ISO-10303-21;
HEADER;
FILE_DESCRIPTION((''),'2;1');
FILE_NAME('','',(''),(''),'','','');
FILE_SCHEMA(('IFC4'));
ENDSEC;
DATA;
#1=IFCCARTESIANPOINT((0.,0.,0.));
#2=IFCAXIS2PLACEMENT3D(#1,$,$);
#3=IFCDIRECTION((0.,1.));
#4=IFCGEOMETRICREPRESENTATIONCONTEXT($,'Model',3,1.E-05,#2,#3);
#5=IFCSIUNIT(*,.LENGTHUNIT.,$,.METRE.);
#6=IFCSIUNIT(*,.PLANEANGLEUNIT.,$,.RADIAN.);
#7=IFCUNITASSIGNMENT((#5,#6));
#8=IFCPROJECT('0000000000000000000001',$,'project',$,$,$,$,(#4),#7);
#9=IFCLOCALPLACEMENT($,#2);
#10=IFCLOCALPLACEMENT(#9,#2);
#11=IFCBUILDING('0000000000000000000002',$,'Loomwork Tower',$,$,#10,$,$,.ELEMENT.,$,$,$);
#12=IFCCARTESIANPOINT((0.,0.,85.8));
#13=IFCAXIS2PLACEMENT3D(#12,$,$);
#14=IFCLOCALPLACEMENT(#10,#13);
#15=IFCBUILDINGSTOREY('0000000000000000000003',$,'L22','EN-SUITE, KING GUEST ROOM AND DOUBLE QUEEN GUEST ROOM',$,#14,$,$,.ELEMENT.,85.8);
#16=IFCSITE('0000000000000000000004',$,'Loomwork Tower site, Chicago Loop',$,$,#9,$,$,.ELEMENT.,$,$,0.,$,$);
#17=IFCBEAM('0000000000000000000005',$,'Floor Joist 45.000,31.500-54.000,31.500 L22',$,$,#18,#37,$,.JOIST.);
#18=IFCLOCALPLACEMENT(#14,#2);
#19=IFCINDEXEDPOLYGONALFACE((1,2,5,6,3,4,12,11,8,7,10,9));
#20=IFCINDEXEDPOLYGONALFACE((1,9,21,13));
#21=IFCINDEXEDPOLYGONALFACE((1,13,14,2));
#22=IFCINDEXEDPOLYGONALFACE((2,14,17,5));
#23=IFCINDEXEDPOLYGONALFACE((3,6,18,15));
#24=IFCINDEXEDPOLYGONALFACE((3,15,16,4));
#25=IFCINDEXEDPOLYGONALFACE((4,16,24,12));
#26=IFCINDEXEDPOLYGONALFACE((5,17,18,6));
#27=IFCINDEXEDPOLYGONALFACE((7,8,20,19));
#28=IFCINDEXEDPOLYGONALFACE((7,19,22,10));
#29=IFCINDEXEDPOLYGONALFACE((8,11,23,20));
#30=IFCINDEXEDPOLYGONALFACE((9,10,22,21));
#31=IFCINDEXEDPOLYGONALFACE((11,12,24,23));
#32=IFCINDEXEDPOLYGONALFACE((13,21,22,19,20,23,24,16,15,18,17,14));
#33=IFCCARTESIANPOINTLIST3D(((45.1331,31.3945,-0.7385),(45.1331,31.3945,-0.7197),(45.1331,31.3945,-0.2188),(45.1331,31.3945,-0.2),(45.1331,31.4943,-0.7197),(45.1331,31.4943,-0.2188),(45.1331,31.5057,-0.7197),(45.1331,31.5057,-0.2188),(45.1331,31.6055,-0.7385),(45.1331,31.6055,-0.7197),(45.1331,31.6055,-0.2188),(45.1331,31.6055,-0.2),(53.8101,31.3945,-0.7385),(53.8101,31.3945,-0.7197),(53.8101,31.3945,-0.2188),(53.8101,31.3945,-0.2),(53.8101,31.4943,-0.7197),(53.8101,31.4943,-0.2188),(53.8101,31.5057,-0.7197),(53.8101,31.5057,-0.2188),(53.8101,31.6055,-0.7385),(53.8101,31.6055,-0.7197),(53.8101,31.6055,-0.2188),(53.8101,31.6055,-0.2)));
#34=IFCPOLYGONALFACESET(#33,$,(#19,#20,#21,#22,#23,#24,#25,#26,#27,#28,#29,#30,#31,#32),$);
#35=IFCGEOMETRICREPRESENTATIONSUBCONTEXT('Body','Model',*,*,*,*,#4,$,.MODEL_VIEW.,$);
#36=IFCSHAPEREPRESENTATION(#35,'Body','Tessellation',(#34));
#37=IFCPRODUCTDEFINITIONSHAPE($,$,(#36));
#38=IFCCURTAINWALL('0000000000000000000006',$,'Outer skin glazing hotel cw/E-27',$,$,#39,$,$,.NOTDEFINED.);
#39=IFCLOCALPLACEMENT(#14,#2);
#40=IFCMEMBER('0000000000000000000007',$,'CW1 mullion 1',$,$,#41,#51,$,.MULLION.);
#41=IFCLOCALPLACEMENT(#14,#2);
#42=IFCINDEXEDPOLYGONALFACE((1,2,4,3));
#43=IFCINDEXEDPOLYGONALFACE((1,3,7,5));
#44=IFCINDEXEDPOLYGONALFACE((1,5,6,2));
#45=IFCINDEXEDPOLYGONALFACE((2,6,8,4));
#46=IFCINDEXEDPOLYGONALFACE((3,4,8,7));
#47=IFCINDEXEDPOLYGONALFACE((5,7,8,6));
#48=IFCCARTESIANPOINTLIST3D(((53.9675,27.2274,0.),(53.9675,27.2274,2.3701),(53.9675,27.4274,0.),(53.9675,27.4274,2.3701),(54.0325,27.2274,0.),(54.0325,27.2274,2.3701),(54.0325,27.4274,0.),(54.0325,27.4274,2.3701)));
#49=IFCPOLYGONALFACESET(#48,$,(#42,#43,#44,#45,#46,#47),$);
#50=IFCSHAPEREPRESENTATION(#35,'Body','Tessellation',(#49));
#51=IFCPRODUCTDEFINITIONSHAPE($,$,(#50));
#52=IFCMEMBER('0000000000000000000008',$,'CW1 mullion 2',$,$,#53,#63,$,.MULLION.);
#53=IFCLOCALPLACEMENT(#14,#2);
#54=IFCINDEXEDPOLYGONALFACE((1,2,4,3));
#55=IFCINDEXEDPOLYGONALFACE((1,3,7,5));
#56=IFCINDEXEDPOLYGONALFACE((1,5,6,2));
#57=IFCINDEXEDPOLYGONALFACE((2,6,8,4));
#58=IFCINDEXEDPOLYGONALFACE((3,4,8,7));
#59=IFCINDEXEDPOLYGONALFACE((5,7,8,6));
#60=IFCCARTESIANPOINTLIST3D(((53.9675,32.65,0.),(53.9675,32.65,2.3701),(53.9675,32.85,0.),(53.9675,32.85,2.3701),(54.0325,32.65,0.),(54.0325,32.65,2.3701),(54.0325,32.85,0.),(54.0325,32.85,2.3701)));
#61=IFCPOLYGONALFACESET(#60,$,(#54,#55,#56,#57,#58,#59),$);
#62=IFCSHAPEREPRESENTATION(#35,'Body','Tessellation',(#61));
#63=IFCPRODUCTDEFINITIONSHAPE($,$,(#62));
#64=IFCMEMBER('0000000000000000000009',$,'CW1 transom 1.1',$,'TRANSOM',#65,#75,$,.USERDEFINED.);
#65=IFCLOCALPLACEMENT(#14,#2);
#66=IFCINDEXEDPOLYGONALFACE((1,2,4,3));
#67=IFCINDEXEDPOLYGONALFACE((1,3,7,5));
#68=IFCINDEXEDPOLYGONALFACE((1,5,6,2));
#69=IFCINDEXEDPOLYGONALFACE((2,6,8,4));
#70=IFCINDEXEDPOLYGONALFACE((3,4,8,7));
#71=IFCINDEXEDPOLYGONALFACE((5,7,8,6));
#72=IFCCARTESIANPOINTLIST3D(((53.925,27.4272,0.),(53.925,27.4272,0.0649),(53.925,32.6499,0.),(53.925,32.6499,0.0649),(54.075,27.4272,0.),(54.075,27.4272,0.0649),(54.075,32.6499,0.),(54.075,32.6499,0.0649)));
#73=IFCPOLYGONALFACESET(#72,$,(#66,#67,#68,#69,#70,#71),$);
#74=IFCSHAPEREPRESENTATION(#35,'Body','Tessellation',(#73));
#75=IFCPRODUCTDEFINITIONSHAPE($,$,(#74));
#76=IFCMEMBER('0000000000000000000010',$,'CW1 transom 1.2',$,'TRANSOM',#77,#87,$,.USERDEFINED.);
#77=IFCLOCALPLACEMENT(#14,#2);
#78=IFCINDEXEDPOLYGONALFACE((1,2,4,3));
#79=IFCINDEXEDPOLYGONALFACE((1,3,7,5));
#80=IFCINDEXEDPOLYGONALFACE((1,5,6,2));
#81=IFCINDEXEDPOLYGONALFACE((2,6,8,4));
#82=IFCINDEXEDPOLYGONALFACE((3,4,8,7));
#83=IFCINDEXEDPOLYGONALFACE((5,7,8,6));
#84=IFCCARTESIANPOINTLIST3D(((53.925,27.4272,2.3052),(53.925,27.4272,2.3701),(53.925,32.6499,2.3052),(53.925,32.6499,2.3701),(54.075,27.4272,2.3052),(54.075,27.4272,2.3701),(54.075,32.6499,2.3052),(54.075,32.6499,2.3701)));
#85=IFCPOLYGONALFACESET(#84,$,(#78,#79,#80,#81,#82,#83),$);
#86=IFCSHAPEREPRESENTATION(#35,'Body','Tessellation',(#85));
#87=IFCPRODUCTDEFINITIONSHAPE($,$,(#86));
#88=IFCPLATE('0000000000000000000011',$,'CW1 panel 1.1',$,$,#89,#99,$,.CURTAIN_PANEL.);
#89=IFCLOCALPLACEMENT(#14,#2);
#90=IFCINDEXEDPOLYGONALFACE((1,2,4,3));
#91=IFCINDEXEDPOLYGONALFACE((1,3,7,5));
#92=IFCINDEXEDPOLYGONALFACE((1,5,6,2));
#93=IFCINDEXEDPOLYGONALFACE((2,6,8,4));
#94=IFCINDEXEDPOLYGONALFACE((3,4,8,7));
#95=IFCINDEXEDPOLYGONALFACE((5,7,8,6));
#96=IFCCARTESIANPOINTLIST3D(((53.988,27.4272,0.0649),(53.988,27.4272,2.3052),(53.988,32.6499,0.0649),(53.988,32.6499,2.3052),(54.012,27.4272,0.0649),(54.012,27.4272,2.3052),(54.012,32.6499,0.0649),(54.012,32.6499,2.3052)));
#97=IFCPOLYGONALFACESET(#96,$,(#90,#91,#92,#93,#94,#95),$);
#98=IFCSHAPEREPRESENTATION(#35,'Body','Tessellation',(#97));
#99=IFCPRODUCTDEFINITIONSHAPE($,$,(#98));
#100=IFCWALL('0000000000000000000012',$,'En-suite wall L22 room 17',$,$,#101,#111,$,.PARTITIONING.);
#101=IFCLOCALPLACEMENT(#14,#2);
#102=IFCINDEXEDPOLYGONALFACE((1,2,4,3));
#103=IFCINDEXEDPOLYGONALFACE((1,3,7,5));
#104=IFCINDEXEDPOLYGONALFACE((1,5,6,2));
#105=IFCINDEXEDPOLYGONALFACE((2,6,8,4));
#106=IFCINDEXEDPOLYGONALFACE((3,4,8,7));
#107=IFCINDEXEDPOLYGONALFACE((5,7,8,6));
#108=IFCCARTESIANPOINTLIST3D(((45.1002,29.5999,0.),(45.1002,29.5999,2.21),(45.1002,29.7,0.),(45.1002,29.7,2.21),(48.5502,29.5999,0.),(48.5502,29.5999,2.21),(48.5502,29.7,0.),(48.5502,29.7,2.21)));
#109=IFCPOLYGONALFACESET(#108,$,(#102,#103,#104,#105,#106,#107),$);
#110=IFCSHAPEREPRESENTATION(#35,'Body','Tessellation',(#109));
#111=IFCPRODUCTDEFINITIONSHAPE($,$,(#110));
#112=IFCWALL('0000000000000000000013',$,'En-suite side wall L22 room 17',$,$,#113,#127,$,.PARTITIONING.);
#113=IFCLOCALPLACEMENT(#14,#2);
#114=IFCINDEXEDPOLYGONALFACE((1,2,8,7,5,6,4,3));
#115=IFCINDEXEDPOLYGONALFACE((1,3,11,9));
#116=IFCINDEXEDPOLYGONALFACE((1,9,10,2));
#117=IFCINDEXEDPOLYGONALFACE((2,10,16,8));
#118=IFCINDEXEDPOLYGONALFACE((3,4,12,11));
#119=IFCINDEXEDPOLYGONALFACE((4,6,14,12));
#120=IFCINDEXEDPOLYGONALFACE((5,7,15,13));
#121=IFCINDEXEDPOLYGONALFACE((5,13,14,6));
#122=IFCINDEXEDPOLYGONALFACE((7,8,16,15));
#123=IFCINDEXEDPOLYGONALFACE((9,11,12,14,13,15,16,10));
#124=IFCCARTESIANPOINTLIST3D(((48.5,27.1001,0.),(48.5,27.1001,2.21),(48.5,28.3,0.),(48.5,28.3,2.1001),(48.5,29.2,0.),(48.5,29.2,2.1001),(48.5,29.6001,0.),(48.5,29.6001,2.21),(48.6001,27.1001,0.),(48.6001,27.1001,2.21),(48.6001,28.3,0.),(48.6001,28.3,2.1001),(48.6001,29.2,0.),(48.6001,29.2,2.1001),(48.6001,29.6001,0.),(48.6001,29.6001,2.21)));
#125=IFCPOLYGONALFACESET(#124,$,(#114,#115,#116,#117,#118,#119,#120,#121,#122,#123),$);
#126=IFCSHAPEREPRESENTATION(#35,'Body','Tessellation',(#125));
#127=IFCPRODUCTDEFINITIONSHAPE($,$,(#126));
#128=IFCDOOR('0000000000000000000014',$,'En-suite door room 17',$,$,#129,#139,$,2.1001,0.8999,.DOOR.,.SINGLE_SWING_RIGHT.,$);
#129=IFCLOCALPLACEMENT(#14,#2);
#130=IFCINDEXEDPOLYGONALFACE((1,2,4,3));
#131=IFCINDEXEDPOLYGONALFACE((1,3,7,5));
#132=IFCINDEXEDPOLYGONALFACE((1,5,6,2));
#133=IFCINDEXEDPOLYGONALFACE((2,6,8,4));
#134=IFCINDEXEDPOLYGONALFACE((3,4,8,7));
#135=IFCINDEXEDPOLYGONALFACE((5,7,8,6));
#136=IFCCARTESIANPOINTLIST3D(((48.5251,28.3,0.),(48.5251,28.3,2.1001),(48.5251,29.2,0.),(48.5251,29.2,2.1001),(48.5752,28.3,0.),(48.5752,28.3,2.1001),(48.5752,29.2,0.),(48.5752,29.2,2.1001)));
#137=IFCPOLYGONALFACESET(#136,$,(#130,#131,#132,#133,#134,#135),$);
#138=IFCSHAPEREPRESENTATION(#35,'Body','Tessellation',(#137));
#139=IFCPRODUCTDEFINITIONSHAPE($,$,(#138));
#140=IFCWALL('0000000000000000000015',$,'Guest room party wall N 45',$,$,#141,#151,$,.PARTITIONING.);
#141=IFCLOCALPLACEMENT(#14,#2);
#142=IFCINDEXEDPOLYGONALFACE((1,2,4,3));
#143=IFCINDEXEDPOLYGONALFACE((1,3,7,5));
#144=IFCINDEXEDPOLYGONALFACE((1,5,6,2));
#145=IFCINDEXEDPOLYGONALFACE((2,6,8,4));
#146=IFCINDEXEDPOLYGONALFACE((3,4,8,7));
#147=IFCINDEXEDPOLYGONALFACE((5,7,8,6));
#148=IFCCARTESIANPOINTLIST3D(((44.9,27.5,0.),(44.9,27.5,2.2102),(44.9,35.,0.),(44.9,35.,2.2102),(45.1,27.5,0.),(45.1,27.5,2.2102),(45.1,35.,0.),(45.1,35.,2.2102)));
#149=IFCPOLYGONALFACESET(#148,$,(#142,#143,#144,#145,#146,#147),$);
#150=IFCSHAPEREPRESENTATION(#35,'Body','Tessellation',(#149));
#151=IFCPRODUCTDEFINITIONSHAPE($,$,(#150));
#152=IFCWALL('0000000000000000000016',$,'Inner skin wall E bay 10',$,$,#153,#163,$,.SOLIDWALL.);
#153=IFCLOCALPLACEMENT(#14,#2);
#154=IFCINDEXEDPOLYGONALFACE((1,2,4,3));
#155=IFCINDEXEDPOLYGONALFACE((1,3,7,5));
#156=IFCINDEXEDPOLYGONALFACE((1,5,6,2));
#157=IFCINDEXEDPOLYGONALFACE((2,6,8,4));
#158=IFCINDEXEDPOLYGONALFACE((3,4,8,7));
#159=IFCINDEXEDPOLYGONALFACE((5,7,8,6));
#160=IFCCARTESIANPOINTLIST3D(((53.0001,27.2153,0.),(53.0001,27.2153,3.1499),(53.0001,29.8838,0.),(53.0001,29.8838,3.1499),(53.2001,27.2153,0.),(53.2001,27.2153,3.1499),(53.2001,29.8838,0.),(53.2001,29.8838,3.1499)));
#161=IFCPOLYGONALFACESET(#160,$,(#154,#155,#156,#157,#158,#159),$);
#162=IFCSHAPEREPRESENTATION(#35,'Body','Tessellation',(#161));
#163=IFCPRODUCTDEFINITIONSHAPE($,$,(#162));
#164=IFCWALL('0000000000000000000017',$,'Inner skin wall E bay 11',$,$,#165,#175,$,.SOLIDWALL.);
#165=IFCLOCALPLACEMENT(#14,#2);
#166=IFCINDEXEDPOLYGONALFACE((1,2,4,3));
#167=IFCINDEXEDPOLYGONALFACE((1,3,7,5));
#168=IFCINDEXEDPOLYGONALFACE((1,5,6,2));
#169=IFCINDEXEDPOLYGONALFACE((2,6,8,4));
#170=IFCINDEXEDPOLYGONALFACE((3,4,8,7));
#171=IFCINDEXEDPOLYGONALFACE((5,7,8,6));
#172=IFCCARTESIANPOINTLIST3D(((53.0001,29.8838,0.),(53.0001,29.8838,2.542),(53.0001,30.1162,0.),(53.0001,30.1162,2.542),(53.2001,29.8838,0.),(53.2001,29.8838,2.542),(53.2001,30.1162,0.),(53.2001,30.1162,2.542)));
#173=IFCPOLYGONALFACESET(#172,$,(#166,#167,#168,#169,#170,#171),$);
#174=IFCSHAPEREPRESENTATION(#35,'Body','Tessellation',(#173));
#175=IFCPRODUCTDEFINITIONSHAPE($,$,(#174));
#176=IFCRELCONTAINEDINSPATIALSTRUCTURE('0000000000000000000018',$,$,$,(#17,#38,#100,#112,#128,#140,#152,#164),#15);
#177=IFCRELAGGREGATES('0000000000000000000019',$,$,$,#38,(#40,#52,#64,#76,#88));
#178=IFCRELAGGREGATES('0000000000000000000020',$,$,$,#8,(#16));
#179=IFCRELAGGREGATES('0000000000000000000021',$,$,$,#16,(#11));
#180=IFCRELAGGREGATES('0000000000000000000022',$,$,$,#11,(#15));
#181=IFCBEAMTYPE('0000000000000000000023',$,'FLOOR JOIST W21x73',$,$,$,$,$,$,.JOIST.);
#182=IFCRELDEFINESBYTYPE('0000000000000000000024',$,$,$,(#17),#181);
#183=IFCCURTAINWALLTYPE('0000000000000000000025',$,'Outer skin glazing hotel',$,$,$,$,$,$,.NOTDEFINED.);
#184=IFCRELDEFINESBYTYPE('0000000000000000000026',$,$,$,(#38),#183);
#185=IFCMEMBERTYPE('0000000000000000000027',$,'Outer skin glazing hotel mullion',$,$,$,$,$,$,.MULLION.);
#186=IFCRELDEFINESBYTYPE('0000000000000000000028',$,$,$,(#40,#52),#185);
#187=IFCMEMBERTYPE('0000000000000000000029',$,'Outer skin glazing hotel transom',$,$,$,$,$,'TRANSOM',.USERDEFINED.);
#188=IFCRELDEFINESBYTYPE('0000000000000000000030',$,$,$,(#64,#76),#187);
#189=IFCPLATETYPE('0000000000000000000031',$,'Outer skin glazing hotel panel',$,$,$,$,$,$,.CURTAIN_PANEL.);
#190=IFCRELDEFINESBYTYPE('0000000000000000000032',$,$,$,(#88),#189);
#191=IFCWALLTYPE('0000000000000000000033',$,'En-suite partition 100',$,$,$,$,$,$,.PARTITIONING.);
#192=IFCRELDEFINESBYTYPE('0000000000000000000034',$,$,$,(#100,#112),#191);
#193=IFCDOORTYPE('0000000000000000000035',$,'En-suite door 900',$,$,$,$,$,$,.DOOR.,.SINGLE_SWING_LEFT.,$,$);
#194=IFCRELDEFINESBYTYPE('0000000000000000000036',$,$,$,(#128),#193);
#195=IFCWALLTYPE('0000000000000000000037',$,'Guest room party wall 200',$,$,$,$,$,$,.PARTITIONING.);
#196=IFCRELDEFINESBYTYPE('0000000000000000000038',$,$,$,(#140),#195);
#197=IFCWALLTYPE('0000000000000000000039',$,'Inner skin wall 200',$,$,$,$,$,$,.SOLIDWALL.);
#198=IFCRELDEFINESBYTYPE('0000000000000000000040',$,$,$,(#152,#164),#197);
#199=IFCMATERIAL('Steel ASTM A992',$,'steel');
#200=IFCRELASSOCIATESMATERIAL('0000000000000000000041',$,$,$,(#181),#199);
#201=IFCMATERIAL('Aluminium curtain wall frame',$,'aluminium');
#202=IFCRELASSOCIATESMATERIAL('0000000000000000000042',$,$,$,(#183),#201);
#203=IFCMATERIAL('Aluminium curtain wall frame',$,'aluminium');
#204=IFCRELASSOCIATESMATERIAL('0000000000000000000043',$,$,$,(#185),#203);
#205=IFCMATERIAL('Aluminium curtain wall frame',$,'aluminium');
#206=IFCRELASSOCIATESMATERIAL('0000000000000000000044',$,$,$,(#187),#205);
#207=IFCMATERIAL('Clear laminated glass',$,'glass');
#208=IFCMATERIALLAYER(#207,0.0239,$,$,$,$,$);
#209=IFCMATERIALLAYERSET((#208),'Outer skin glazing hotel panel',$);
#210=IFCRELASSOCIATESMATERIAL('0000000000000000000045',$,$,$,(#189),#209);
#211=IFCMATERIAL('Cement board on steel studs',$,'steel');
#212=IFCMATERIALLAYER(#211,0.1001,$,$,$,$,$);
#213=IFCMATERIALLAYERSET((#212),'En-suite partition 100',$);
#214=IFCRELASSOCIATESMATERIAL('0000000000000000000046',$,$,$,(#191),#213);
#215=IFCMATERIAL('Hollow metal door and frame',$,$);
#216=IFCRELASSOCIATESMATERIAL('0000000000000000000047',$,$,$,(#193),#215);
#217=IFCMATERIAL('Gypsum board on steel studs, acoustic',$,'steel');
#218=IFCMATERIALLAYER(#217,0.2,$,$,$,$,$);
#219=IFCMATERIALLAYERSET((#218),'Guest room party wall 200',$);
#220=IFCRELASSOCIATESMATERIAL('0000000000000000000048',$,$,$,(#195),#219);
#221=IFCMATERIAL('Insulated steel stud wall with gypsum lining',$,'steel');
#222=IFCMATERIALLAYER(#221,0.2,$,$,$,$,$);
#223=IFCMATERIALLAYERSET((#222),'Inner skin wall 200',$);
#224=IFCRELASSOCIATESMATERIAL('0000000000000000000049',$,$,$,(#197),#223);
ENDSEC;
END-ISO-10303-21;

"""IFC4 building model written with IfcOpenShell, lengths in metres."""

from ifc_helpers import new_model, si_unit, direction, frame, frame_2d, origin, origin_2d, place, context, subcontext, project, spatial, rectangle, i_section, extrude, material, layer, layer_set, material_profile, profile_set, type_object, element, fill, aggregate, save


model = new_model("IFC4")

# Units and contexts
model_context = context("Model", 3, precision=1e-05, world=origin(), true_north=direction((0.0, 1.0)))
body_context = subcontext(model_context, "Body", "Model", "MODEL_VIEW")
ifc_project = project(units=[si_unit("LENGTHUNIT", "METRE"), si_unit("PLANEANGLEUNIT", "RADIAN")], contexts=[model_context])

# Site, building, storey
site_placement = place(None, origin())
site = spatial("IfcSite", under=ifc_project, at=site_placement, Name="Loomwork Tower site, Chicago Loop", CompositionType="ELEMENT", RefElevation=0.0)
building_placement = place(site_placement, origin())
building = spatial("IfcBuilding", under=site, at=building_placement, Name="Loomwork Tower", CompositionType="ELEMENT")
storey_placement = place(building_placement, frame((0.0, 0.0, 85.8)))
storey = spatial("IfcBuildingStorey", under=building, at=storey_placement, Name="L22", Description="EN-SUITE, KING GUEST ROOM AND DOUBLE QUEEN GUEST ROOM", CompositionType="ELEMENT", Elevation=85.8)

# Beam
ifc_material_1 = material(Name="Steel ASTM A992", Category="steel")
ifc_material_profile_1 = material_profile(ifc_material_1, i_section(OverallWidth=0.2109, OverallDepth=0.5386, WebThickness=0.0115, FlangeThickness=0.0188, at=origin_2d()), Name="W21x73")
ifc_profile_set_1 = profile_set([ifc_material_profile_1], Name="Steel ASTM A992")
beam_type = type_object("IfcBeamType", Name="FLOOR JOIST W21x73", PredefinedType="JOIST", material=ifc_profile_set_1)
beam_placement = place(storey_placement, frame((45.1331, 31.5, -0.4692), z_axis=(1.0, 0.0, 0.0), x_axis=(0.0, 1.0, 0.0)))
element("IfcBeam", 1, at=beam_placement, inside=storey, type_object=beam_type, Name="Floor Joist 45.000,31.500-54.000,31.500 L22", PredefinedType="JOIST", context=body_context, shape_type="SweptSolid", body=[
    extrude(i_section(OverallWidth=0.2109, OverallDepth=0.5386, WebThickness=0.0115, FlangeThickness=0.0188, at=origin_2d()), origin(), (0.0, 0.0, 1.0), 8.677),
])

# Curtain wall, members, plate
ifc_material_2 = material(Name="Aluminium curtain wall frame", Category="aluminium")
curtain_wall_type = type_object("IfcCurtainWallType", Name="Outer skin glazing hotel", PredefinedType="NOTDEFINED", material=ifc_material_2)
curtain_wall_placement = place(storey_placement, origin())
curtain_wall = element("IfcCurtainWall", 2, at=curtain_wall_placement, inside=storey, type_object=curtain_wall_type, Name="Outer skin glazing hotel cw/E-27", PredefinedType="NOTDEFINED")
ifc_material_3 = material(Name="Aluminium curtain wall frame", Category="aluminium")
ifc_material_profile_2 = material_profile(ifc_material_3, rectangle(XDim=0.0649, YDim=0.2, at=origin_2d()), Name="AL 65x200")
ifc_profile_set_2 = profile_set([ifc_material_profile_2], Name="Aluminium curtain wall frame")
member_type_1 = type_object("IfcMemberType", Name="Outer skin glazing hotel mullion", PredefinedType="MULLION", material=ifc_profile_set_2)
member_1_placement = place(storey_placement, frame((54.0, 27.3274, 0.0), z_axis=(0.0, 0.0, 1.0), x_axis=(-1.0, 0.0, 0.0)))
member_1 = element("IfcMember", 3, at=member_1_placement, type_object=member_type_1, Name="CW1 mullion 1", PredefinedType="MULLION", context=body_context, shape_type="SweptSolid", body=[
    extrude(rectangle(XDim=0.0649, YDim=0.2, at=origin_2d()), origin(), (0.0, 0.0, 1.0), 2.3701),
])
member_2_placement = place(storey_placement, frame((54.0, 32.75, 0.0), z_axis=(0.0, 0.0, 1.0), x_axis=(-1.0, 0.0, 0.0)))
member_2 = element("IfcMember", 4, at=member_2_placement, type_object=member_type_1, Name="CW1 mullion 2", PredefinedType="MULLION", context=body_context, shape_type="SweptSolid", body=[
    extrude(rectangle(XDim=0.0649, YDim=0.2, at=origin_2d()), origin(), (0.0, 0.0, 1.0), 2.3701),
])
ifc_material_4 = material(Name="Aluminium curtain wall frame", Category="aluminium")
ifc_material_profile_3 = material_profile(ifc_material_4, rectangle(XDim=0.1499, YDim=0.0649, at=origin_2d()), Name="AL 65x150")
ifc_profile_set_3 = profile_set([ifc_material_profile_3], Name="Aluminium curtain wall frame")
member_type_2 = type_object("IfcMemberType", Name="Outer skin glazing hotel transom", ElementType="TRANSOM", PredefinedType="USERDEFINED", material=ifc_profile_set_3)
member_3_placement = place(storey_placement, frame((54.0, 27.4272, 0.0325), z_axis=(0.0, 1.0, 0.0), x_axis=(-1.0, 0.0, 0.0)))
member_3 = element("IfcMember", 5, at=member_3_placement, type_object=member_type_2, Name="CW1 transom 1.1", ObjectType="TRANSOM", PredefinedType="USERDEFINED", context=body_context, shape_type="SweptSolid", body=[
    extrude(rectangle(XDim=0.1499, YDim=0.0649, at=origin_2d()), origin(), (0.0, 0.0, 1.0), 5.2227),
])
member_4_placement = place(storey_placement, frame((54.0, 27.4272, 2.3376), z_axis=(0.0, 1.0, 0.0), x_axis=(-1.0, 0.0, 0.0)))
member_4 = element("IfcMember", 6, at=member_4_placement, type_object=member_type_2, Name="CW1 transom 1.2", ObjectType="TRANSOM", PredefinedType="USERDEFINED", context=body_context, shape_type="SweptSolid", body=[
    extrude(rectangle(XDim=0.1499, YDim=0.0649, at=origin_2d()), origin(), (0.0, 0.0, 1.0), 5.2227),
])
ifc_material_5 = material(Name="Clear laminated glass", Category="glass")
ifc_layer_1 = layer(ifc_material_5, 0.0239)
ifc_layer_set_1 = layer_set([ifc_layer_1], Name="Outer skin glazing hotel panel")
plate_type = type_object("IfcPlateType", Name="Outer skin glazing hotel panel", PredefinedType="CURTAIN_PANEL", material=ifc_layer_set_1)
plate_placement = place(storey_placement, frame((54.0, 30.0386, 0.0649), z_axis=(0.0, 0.0, 1.0), x_axis=(0.0, 1.0, 0.0)))
plate = element("IfcPlate", 7, at=plate_placement, type_object=plate_type, Name="CW1 panel 1.1", PredefinedType="CURTAIN_PANEL", context=body_context, shape_type="SweptSolid", body=[
    extrude(rectangle(XDim=5.2227, YDim=0.0239, at=origin_2d()), origin(), (0.0, 0.0, 1.0), 2.2402),
])
aggregate(curtain_wall, [member_1, member_2, member_3, member_4, plate])

# Wall
ifc_material_6 = material(Name="Cement board on steel studs", Category="steel")
ifc_layer_2 = layer(ifc_material_6, 0.1001)
ifc_layer_set_2 = layer_set([ifc_layer_2], Name="En-suite partition 100")
wall_type_1 = type_object("IfcWallType", Name="En-suite partition 100", PredefinedType="PARTITIONING", material=ifc_layer_set_2)
wall_1_placement = place(storey_placement, frame((45.1001, 29.6499, 0.0), z_axis=(0.0, 0.0, 1.0), x_axis=(1.0, 0.0, 0.0)))
element("IfcWall", 8, at=wall_1_placement, inside=storey, type_object=wall_type_1, Name="En-suite wall L22 room 17", PredefinedType="PARTITIONING", context=body_context, shape_type="SweptSolid", body=[
    extrude(rectangle(XDim=3.45, YDim=0.1001, at=frame_2d((1.7251, 0.0))), origin(), (0.0, 0.0, 1.0), 2.21),
])

# Wall, opening, door
wall_2_placement = place(storey_placement, frame((48.55, 27.1001, 0.0), z_axis=(0.0, 0.0, 1.0), x_axis=(0.0, 1.0, 0.0)))
wall_2 = element("IfcWall", 9, at=wall_2_placement, inside=storey, type_object=wall_type_1, Name="En-suite side wall L22 room 17", PredefinedType="PARTITIONING", context=body_context, shape_type="SweptSolid", body=[
    extrude(rectangle(XDim=2.5, YDim=0.1001, at=frame_2d((1.25, 0.0))), origin(), (0.0, 0.0, 1.0), 2.21),
])
opening_placement = place(wall_2_placement, frame((1.2, 0.0, 0.0)))
opening = element("IfcOpeningElement", 10, at=opening_placement, cuts=wall_2, PredefinedType="OPENING", context=body_context, shape_type="SweptSolid", body=[
    extrude(rectangle(XDim=0.8999, YDim=2.1001, at=frame_2d((0.45, 1.05))), frame((0.0, 0.0601, 0.0), z_axis=(0.0, -1.0, 0.0), x_axis=(1.0, 0.0, 0.0)), (0.0, 0.0, 1.0), 0.1201),
])
ifc_material_7 = material(Name="Hollow metal door and frame")
door_type = type_object("IfcDoorType", Name="En-suite door 900", OperationType="SINGLE_SWING_LEFT", PredefinedType="DOOR", material=ifc_material_7)
door_placement = place(opening_placement, origin())
door = element("IfcDoor", 11, at=door_placement, inside=storey, type_object=door_type, Name="En-suite door room 17", OperationType="SINGLE_SWING_RIGHT", OverallHeight=2.1001, OverallWidth=0.8999, PredefinedType="DOOR", context=body_context, shape_type="SweptSolid", body=[
    extrude(rectangle(XDim=0.8999, YDim=2.1001, at=frame_2d((0.45, 1.05))), frame((0.0, 0.0249, 0.0), z_axis=(0.0, -1.0, 0.0), x_axis=(1.0, 0.0, 0.0)), (0.0, 0.0, 1.0), 0.05),
])
fill(opening, door)

# Walls
ifc_material_8 = material(Name="Gypsum board on steel studs, acoustic", Category="steel")
ifc_layer_3 = layer(ifc_material_8, 0.2)
ifc_layer_set_3 = layer_set([ifc_layer_3], Name="Guest room party wall 200")
wall_type_2 = type_object("IfcWallType", Name="Guest room party wall 200", PredefinedType="PARTITIONING", material=ifc_layer_set_3)
wall_3_placement = place(storey_placement, frame((45.0, 27.5, 0.0), z_axis=(0.0, 0.0, 1.0), x_axis=(0.0, 1.0, 0.0)))
element("IfcWall", 12, at=wall_3_placement, inside=storey, type_object=wall_type_2, Name="Guest room party wall N 45", PredefinedType="PARTITIONING", context=body_context, shape_type="SweptSolid", body=[
    extrude(rectangle(XDim=7.5, YDim=0.2, at=frame_2d((3.75, 0.0))), origin(), (0.0, 0.0, 1.0), 2.2102),
])
ifc_material_9 = material(Name="Insulated steel stud wall with gypsum lining", Category="steel")
ifc_layer_4 = layer(ifc_material_9, 0.2)
ifc_layer_set_4 = layer_set([ifc_layer_4], Name="Inner skin wall 200")
wall_type_3 = type_object("IfcWallType", Name="Inner skin wall 200", PredefinedType="SOLIDWALL", material=ifc_layer_set_4)
wall_4_placement = place(storey_placement, frame((53.1001, 27.2153, 0.0), z_axis=(0.0, 0.0, 1.0), x_axis=(0.0, 1.0, 0.0)))
element("IfcWall", 13, at=wall_4_placement, inside=storey, type_object=wall_type_3, Name="Inner skin wall E bay 10", PredefinedType="SOLIDWALL", context=body_context, shape_type="SweptSolid", body=[
    extrude(rectangle(XDim=2.6685, YDim=0.2, at=frame_2d((1.3342, 0.0))), origin(), (0.0, 0.0, 1.0), 3.1499),
])
wall_5_placement = place(storey_placement, frame((53.1001, 29.8838, 0.0), z_axis=(0.0, 0.0, 1.0), x_axis=(0.0, 1.0, 0.0)))
element("IfcWall", 14, at=wall_5_placement, inside=storey, type_object=wall_type_3, Name="Inner skin wall E bay 11", PredefinedType="SOLIDWALL", context=body_context, shape_type="SweptSolid", body=[
    extrude(rectangle(XDim=0.2324, YDim=0.2, at=frame_2d((0.1162, 0.0))), origin(), (0.0, 0.0, 1.0), 2.542),
])

save(model, "model.ifc")
